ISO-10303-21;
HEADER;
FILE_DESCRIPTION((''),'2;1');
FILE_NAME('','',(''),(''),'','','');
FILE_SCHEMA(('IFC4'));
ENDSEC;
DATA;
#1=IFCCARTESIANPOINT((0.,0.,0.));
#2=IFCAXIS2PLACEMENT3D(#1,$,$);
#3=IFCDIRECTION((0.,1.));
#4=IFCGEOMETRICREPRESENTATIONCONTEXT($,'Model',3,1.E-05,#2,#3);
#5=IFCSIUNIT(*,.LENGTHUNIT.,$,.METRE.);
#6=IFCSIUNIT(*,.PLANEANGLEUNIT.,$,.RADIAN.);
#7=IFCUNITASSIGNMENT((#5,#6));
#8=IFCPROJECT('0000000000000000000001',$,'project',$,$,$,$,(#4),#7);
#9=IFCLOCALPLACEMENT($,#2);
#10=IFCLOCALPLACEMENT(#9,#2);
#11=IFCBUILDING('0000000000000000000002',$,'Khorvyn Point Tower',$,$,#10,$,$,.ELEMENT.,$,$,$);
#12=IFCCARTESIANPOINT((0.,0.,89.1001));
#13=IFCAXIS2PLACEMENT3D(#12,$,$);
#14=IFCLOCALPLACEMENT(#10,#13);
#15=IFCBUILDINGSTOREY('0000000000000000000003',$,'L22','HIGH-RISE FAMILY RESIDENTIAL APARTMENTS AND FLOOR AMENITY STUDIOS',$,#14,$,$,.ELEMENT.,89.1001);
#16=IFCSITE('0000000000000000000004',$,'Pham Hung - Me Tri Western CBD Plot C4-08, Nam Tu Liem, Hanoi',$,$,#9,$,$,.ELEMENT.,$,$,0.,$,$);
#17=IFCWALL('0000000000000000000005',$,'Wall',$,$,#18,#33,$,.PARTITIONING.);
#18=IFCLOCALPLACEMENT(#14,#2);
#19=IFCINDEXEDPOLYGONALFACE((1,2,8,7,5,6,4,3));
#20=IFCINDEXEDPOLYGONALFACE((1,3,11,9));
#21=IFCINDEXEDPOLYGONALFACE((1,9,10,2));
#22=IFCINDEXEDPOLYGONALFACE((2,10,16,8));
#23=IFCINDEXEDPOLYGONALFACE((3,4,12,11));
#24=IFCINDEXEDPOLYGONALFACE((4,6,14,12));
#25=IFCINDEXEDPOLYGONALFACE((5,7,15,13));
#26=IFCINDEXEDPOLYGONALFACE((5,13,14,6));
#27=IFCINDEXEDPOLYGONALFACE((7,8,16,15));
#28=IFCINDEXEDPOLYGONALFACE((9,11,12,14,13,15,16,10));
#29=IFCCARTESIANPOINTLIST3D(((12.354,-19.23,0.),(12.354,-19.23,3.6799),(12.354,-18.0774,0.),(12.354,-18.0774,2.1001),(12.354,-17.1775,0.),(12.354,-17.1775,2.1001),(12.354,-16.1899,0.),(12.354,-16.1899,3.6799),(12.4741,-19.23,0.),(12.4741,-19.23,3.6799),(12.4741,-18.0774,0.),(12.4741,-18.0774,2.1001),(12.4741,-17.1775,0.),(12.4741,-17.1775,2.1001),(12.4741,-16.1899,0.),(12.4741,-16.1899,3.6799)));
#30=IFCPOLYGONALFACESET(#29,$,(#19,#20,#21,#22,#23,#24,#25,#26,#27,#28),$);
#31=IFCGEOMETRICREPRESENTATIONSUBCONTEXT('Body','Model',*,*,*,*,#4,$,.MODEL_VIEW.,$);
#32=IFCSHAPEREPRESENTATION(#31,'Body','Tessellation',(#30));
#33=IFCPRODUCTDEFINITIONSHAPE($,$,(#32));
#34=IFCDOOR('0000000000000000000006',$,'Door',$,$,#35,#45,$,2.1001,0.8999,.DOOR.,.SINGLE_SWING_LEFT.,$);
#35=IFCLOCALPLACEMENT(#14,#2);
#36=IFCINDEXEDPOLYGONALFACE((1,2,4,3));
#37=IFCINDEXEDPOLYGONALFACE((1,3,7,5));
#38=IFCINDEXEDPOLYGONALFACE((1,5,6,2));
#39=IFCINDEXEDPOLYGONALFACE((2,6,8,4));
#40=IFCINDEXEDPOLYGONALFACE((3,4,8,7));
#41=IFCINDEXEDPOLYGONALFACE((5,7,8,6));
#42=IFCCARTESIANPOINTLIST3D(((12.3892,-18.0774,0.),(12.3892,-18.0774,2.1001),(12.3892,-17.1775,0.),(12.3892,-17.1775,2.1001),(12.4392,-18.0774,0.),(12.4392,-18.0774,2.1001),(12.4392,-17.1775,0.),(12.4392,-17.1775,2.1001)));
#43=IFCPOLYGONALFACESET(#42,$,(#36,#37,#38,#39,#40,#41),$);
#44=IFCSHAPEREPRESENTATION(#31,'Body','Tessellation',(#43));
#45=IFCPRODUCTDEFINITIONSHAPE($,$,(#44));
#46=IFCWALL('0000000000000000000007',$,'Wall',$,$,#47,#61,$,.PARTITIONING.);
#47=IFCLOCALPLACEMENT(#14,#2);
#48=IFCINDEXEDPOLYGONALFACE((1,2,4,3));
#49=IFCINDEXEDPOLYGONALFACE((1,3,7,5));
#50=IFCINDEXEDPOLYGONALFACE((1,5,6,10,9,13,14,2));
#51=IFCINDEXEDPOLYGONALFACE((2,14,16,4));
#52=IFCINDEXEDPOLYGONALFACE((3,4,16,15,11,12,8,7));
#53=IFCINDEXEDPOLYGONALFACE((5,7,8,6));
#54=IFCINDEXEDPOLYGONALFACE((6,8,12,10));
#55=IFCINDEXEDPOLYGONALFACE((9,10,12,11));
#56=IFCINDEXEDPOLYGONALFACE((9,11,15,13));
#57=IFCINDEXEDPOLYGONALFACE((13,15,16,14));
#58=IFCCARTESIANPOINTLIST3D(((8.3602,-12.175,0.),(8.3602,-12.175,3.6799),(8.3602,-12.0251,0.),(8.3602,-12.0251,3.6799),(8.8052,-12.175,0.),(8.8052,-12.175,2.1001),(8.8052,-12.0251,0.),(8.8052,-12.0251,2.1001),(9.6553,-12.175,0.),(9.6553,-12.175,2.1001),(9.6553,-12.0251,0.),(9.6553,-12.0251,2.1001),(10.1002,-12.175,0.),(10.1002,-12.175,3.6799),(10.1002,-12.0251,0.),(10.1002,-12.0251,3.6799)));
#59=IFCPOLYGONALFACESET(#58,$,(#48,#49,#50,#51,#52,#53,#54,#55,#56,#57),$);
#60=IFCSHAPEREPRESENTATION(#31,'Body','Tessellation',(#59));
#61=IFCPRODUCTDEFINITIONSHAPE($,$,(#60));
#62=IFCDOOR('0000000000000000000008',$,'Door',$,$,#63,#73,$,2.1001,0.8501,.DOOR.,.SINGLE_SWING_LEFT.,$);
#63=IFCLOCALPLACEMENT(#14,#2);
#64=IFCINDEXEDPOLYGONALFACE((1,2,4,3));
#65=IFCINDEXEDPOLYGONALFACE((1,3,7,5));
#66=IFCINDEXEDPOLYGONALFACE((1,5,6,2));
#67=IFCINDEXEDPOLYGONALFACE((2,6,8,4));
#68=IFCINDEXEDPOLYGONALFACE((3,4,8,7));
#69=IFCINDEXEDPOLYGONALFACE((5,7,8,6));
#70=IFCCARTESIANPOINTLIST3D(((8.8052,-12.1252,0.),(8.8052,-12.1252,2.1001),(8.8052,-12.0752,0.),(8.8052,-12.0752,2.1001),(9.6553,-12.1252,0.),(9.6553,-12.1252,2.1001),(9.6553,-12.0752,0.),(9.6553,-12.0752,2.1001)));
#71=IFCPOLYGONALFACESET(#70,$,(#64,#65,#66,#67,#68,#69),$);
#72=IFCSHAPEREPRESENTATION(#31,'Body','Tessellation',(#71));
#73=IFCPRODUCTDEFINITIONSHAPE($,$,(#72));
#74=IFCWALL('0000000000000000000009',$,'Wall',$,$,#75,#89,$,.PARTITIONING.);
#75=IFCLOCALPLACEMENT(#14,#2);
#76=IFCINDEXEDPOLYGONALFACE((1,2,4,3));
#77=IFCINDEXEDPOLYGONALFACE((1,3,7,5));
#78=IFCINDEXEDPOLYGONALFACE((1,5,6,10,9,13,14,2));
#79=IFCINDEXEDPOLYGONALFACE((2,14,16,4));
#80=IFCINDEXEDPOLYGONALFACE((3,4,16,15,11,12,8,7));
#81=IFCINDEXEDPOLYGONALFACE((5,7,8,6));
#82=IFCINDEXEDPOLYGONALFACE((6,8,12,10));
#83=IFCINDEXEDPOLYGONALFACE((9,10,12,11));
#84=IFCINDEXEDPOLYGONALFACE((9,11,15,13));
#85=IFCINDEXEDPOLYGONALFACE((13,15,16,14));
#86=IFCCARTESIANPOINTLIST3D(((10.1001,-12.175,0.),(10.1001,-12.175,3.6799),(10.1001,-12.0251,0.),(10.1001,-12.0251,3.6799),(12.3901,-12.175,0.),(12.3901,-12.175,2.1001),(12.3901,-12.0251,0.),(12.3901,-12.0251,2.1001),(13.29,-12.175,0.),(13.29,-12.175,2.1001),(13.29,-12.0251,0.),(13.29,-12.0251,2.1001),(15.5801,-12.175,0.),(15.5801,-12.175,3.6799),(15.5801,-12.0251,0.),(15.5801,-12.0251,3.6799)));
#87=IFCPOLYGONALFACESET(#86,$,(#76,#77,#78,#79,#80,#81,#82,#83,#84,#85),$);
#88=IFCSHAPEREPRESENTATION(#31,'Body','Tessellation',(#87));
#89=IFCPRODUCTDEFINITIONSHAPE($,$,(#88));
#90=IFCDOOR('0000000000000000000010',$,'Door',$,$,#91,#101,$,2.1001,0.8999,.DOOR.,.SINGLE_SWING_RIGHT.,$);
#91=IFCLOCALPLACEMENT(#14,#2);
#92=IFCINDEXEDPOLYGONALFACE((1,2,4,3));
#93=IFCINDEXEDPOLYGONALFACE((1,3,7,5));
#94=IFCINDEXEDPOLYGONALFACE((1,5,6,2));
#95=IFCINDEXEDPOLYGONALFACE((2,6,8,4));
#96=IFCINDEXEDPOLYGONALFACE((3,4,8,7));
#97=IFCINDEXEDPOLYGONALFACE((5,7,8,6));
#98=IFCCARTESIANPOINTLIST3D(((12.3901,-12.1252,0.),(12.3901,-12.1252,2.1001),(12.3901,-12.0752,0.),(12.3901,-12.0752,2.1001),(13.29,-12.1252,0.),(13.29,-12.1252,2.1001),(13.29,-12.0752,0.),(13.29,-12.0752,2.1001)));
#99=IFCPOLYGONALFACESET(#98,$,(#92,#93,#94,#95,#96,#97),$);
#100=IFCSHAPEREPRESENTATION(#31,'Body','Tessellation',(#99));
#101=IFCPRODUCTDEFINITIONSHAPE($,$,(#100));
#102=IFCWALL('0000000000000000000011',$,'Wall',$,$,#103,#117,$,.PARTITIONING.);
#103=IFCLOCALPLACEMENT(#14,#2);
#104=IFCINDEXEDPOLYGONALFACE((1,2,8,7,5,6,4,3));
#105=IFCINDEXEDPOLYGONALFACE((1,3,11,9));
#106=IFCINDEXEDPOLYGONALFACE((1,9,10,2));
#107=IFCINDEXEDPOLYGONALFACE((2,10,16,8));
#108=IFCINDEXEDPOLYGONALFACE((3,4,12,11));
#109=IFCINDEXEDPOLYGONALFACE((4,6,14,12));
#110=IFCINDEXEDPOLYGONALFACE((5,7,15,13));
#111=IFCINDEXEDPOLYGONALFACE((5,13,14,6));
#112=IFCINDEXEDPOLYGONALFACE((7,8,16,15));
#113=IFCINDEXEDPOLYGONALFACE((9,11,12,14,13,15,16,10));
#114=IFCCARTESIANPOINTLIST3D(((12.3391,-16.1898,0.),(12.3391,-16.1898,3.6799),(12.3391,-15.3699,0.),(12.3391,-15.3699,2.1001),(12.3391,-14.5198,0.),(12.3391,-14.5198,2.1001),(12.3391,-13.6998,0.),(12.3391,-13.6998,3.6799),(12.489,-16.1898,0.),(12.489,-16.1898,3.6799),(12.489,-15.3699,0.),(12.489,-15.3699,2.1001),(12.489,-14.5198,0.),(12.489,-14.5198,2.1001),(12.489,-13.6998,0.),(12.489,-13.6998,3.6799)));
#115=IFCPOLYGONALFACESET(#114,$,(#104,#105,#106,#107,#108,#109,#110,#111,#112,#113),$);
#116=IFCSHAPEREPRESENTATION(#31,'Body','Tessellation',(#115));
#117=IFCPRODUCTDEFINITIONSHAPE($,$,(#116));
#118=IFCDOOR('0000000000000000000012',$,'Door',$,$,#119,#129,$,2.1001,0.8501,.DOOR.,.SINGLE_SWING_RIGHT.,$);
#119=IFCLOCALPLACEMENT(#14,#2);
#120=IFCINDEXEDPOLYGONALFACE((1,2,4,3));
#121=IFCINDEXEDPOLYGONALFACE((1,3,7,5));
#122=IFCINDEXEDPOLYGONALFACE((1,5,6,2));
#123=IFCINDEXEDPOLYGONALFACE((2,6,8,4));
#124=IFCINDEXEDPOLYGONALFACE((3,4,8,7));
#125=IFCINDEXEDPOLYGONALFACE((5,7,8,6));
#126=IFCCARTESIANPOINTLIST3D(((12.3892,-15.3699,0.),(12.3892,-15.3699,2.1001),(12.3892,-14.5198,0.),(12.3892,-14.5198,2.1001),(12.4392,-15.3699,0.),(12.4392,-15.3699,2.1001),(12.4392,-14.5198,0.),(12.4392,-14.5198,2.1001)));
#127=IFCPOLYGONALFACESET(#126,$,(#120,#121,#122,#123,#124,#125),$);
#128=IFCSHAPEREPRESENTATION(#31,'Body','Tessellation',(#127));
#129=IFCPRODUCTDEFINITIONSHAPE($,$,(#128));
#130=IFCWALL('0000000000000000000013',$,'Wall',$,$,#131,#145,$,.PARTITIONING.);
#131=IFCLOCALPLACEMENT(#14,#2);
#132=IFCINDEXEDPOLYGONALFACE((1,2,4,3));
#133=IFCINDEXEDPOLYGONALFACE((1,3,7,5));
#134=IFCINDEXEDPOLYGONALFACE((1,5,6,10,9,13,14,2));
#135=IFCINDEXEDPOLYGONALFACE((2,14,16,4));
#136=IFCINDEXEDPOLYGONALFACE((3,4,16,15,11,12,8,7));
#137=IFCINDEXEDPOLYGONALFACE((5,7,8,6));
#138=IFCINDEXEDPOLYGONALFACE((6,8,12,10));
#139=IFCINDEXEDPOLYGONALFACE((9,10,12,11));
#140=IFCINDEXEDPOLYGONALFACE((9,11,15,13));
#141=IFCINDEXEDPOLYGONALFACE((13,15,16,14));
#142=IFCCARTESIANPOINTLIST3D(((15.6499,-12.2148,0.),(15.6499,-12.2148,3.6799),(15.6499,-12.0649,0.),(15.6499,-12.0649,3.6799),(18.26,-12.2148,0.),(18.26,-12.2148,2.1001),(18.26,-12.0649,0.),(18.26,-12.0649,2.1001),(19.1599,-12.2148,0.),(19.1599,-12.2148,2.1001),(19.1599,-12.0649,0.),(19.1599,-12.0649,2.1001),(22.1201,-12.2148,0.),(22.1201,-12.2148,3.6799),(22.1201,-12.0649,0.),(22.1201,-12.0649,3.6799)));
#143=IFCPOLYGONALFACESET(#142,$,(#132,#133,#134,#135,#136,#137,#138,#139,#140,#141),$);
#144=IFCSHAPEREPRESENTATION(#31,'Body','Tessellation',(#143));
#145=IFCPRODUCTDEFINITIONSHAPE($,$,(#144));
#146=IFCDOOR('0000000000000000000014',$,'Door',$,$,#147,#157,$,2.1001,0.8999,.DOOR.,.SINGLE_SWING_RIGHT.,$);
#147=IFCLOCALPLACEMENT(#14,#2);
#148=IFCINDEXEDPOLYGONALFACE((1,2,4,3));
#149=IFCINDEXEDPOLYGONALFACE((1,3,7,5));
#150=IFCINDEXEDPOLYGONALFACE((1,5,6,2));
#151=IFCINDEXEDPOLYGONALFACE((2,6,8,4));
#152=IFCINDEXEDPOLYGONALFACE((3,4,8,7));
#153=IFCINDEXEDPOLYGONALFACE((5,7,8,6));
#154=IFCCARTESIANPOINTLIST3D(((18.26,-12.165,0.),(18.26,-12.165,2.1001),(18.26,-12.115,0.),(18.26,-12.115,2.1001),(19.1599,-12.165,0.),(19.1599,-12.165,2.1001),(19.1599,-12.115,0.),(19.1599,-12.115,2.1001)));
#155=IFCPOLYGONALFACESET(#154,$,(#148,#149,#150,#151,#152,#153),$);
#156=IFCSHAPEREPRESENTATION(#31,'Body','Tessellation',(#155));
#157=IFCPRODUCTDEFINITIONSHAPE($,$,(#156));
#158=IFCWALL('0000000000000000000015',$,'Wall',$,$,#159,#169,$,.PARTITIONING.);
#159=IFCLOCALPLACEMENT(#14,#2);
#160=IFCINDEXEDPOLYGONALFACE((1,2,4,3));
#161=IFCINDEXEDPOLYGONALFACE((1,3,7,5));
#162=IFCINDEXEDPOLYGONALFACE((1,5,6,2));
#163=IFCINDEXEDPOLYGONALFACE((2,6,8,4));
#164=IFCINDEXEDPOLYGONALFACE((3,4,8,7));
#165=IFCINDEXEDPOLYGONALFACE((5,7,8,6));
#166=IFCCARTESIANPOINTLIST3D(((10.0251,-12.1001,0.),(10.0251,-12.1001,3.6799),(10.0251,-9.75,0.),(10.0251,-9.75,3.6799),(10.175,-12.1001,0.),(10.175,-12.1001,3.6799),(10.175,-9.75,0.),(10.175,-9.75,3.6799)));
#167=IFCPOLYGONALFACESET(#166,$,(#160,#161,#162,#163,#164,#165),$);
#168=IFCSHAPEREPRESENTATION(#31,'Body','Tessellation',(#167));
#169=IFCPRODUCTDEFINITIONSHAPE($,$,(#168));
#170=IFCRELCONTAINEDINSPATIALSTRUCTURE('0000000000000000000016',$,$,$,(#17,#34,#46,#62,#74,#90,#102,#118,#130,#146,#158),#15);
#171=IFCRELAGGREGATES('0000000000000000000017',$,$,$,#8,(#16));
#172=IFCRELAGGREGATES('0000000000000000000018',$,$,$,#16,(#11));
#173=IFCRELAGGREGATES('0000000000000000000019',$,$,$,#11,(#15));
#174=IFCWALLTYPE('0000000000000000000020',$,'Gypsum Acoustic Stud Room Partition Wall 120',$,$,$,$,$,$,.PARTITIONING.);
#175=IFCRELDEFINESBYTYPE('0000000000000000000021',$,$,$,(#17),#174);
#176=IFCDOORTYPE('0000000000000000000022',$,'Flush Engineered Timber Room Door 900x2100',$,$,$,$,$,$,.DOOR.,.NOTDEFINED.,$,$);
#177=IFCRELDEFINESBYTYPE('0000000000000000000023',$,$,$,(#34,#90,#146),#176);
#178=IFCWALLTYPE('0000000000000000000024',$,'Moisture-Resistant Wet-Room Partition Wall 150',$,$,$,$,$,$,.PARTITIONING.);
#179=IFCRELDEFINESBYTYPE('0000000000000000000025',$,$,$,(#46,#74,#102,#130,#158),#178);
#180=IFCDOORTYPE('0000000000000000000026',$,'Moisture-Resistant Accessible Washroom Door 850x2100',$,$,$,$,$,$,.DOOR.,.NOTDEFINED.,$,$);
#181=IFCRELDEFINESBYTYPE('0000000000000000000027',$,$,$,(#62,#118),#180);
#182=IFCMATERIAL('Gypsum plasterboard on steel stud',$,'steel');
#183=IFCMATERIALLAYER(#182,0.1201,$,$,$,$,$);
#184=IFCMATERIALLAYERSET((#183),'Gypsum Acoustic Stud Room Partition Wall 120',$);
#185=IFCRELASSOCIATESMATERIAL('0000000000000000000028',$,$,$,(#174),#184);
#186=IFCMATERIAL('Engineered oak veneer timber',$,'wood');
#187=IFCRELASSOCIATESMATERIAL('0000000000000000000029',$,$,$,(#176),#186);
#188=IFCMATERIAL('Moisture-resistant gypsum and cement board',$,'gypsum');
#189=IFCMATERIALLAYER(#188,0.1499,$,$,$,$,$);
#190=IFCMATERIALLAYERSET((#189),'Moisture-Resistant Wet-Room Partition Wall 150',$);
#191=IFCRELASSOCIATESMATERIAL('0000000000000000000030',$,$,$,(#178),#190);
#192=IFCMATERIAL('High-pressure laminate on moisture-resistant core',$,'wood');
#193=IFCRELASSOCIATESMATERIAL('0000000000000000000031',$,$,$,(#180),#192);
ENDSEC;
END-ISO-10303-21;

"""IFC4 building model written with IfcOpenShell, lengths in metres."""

from ifc_helpers import new_model, si_unit, direction, frame, frame_2d, origin, place, context, subcontext, project, spatial, rectangle, extrude, material, layer, layer_set, type_object, element, fill, save


model = new_model("IFC4")

# Units and contexts
model_context = context("Model", 3, precision=1e-05, world=origin(), true_north=direction((0.0, 1.0)))
body_context = subcontext(model_context, "Body", "Model", "MODEL_VIEW")
ifc_project = project(units=[si_unit("LENGTHUNIT", "METRE"), si_unit("PLANEANGLEUNIT", "RADIAN")], contexts=[model_context])

# Site, building, storey
site_placement = place(None, origin())
site = spatial("IfcSite", under=ifc_project, at=site_placement, Name="Pham Hung - Me Tri Western CBD Plot C4-08, Nam Tu Liem, Hanoi", CompositionType="ELEMENT", RefElevation=0.0)
building_placement = place(site_placement, origin())
building = spatial("IfcBuilding", under=site, at=building_placement, Name="Khorvyn Point Tower", CompositionType="ELEMENT")
storey_placement = place(building_placement, frame((0.0, 0.0, 89.1001)))
storey = spatial("IfcBuildingStorey", under=building, at=storey_placement, Name="L22", Description="HIGH-RISE FAMILY RESIDENTIAL APARTMENTS AND FLOOR AMENITY STUDIOS", CompositionType="ELEMENT", Elevation=89.1001)

# Walls, openings, doors
ifc_material_1 = material(Name="Gypsum plasterboard on steel stud", Category="steel")
ifc_layer_1 = layer(ifc_material_1, 0.1201)
ifc_layer_set_1 = layer_set([ifc_layer_1], Name="Gypsum Acoustic Stud Room Partition Wall 120")
wall_type_1 = type_object("IfcWallType", Name="Gypsum Acoustic Stud Room Partition Wall 120", PredefinedType="PARTITIONING", material=ifc_layer_set_1)
wall_1_placement = place(storey_placement, frame((12.4141, -19.23, 0.0), z_axis=(0.0, 0.0, 1.0), x_axis=(0.0, 1.0, 0.0)))
wall_1 = element("IfcWall", 1, at=wall_1_placement, inside=storey, type_object=wall_type_1, Name="Wall", PredefinedType="PARTITIONING", context=body_context, shape_type="SweptSolid", body=[
    extrude(rectangle(XDim=3.04, YDim=0.1201, at=frame_2d((1.52, 0.0))), origin(), (0.0, 0.0, 1.0), 3.6799),
])
opening_1_placement = place(wall_1_placement, frame((1.1526, 0.0, 0.0)))
opening_1 = element("IfcOpeningElement", 2, at=opening_1_placement, cuts=wall_1, PredefinedType="OPENING", context=body_context, shape_type="SweptSolid", body=[
    extrude(rectangle(XDim=0.8999, YDim=2.1001, at=frame_2d((0.45, 1.05))), frame((0.0, 0.0701, 0.0), z_axis=(0.0, -1.0, 0.0), x_axis=(1.0, 0.0, 0.0)), (0.0, 0.0, 1.0), 0.1401),
])
ifc_material_2 = material(Name="Engineered oak veneer timber", Category="wood")
door_type_1 = type_object("IfcDoorType", Name="Flush Engineered Timber Room Door 900x2100", OperationType="NOTDEFINED", PredefinedType="DOOR", material=ifc_material_2)
door_1_placement = place(opening_1_placement, origin())
door_1 = element("IfcDoor", 3, at=door_1_placement, inside=storey, type_object=door_type_1, Name="Door", OperationType="SINGLE_SWING_LEFT", OverallHeight=2.1001, OverallWidth=0.8999, PredefinedType="DOOR", context=body_context, shape_type="SweptSolid", body=[
    extrude(rectangle(XDim=0.8999, YDim=2.1001, at=frame_2d((0.45, 1.05))), frame((0.0, 0.0249, 0.0), z_axis=(0.0, -1.0, 0.0), x_axis=(1.0, 0.0, 0.0)), (0.0, 0.0, 1.0), 0.05),
])
fill(opening_1, door_1)
ifc_material_3 = material(Name="Moisture-resistant gypsum and cement board", Category="gypsum")
ifc_layer_2 = layer(ifc_material_3, 0.1499)
ifc_layer_set_2 = layer_set([ifc_layer_2], Name="Moisture-Resistant Wet-Room Partition Wall 150")
wall_type_2 = type_object("IfcWallType", Name="Moisture-Resistant Wet-Room Partition Wall 150", PredefinedType="PARTITIONING", material=ifc_layer_set_2)
wall_2_placement = place(storey_placement, frame((8.3601, -12.1001, 0.0), z_axis=(0.0, 0.0, 1.0), x_axis=(1.0, 0.0, 0.0)))
wall_2 = element("IfcWall", 4, at=wall_2_placement, inside=storey, type_object=wall_type_2, Name="Wall", PredefinedType="PARTITIONING", context=body_context, shape_type="SweptSolid", body=[
    extrude(rectangle(XDim=1.74, YDim=0.1499, at=frame_2d((0.8701, 0.0))), origin(), (0.0, 0.0, 1.0), 3.6799),
])
opening_2_placement = place(wall_2_placement, frame((0.4451, 0.0, 0.0)))
opening_2 = element("IfcOpeningElement", 5, at=opening_2_placement, cuts=wall_2, PredefinedType="OPENING", context=body_context, shape_type="SweptSolid", body=[
    extrude(rectangle(XDim=0.8501, YDim=2.1001, at=frame_2d((0.425, 1.05))), frame((0.0, 0.085, 0.0), z_axis=(0.0, -1.0, 0.0), x_axis=(1.0, 0.0, 0.0)), (0.0, 0.0, 1.0), 0.1699),
])
ifc_material_4 = material(Name="High-pressure laminate on moisture-resistant core", Category="wood")
door_type_2 = type_object("IfcDoorType", Name="Moisture-Resistant Accessible Washroom Door 850x2100", OperationType="NOTDEFINED", PredefinedType="DOOR", material=ifc_material_4)
door_2_placement = place(opening_2_placement, origin())
door_2 = element("IfcDoor", 6, at=door_2_placement, inside=storey, type_object=door_type_2, Name="Door", OperationType="SINGLE_SWING_LEFT", OverallHeight=2.1001, OverallWidth=0.8501, PredefinedType="DOOR", context=body_context, shape_type="SweptSolid", body=[
    extrude(rectangle(XDim=0.8501, YDim=2.1001, at=frame_2d((0.425, 1.05))), frame((0.0, 0.0249, 0.0), z_axis=(0.0, -1.0, 0.0), x_axis=(1.0, 0.0, 0.0)), (0.0, 0.0, 1.0), 0.05),
])
fill(opening_2, door_2)
wall_3_placement = place(storey_placement, frame((10.1001, -12.1001, 0.0), z_axis=(0.0, 0.0, 1.0), x_axis=(1.0, 0.0, 0.0)))
wall_3 = element("IfcWall", 7, at=wall_3_placement, inside=storey, type_object=wall_type_2, Name="Wall", PredefinedType="PARTITIONING", context=body_context, shape_type="SweptSolid", body=[
    extrude(rectangle(XDim=5.48, YDim=0.1499, at=frame_2d((2.74, 0.0))), origin(), (0.0, 0.0, 1.0), 3.6799),
])
opening_3_placement = place(wall_3_placement, frame((2.29, 0.0, 0.0)))
opening_3 = element("IfcOpeningElement", 8, at=opening_3_placement, cuts=wall_3, PredefinedType="OPENING", context=body_context, shape_type="SweptSolid", body=[
    extrude(rectangle(XDim=0.8999, YDim=2.1001, at=frame_2d((0.45, 1.05))), frame((0.0, 0.085, 0.0), z_axis=(0.0, -1.0, 0.0), x_axis=(1.0, 0.0, 0.0)), (0.0, 0.0, 1.0), 0.1699),
])
door_3_placement = place(opening_3_placement, origin())
door_3 = element("IfcDoor", 9, at=door_3_placement, inside=storey, type_object=door_type_1, Name="Door", OperationType="SINGLE_SWING_RIGHT", OverallHeight=2.1001, OverallWidth=0.8999, PredefinedType="DOOR", context=body_context, shape_type="SweptSolid", body=[
    extrude(rectangle(XDim=0.8999, YDim=2.1001, at=frame_2d((0.45, 1.05))), frame((0.0, 0.0249, 0.0), z_axis=(0.0, -1.0, 0.0), x_axis=(1.0, 0.0, 0.0)), (0.0, 0.0, 1.0), 0.05),
])
fill(opening_3, door_3)
wall_4_placement = place(storey_placement, frame((12.4141, -16.1899, 0.0), z_axis=(0.0, 0.0, 1.0), x_axis=(0.0, 1.0, 0.0)))
wall_4 = element("IfcWall", 10, at=wall_4_placement, inside=storey, type_object=wall_type_2, Name="Wall", PredefinedType="PARTITIONING", context=body_context, shape_type="SweptSolid", body=[
    extrude(rectangle(XDim=2.49, YDim=0.1499, at=frame_2d((1.2451, 0.0))), origin(), (0.0, 0.0, 1.0), 3.6799),
])
opening_4_placement = place(wall_4_placement, frame((0.8201, 0.0, 0.0)))
opening_4 = element("IfcOpeningElement", 11, at=opening_4_placement, cuts=wall_4, PredefinedType="OPENING", context=body_context, shape_type="SweptSolid", body=[
    extrude(rectangle(XDim=0.8501, YDim=2.1001, at=frame_2d((0.425, 1.05))), frame((0.0, 0.085, 0.0), z_axis=(0.0, -1.0, 0.0), x_axis=(1.0, 0.0, 0.0)), (0.0, 0.0, 1.0), 0.1699),
])
door_4_placement = place(opening_4_placement, origin())
door_4 = element("IfcDoor", 12, at=door_4_placement, inside=storey, type_object=door_type_2, Name="Door", OperationType="SINGLE_SWING_RIGHT", OverallHeight=2.1001, OverallWidth=0.8501, PredefinedType="DOOR", context=body_context, shape_type="SweptSolid", body=[
    extrude(rectangle(XDim=0.8501, YDim=2.1001, at=frame_2d((0.425, 1.05))), frame((0.0, 0.0249, 0.0), z_axis=(0.0, -1.0, 0.0), x_axis=(1.0, 0.0, 0.0)), (0.0, 0.0, 1.0), 0.05),
])
fill(opening_4, door_4)
wall_5_placement = place(storey_placement, frame((15.6499, -12.1399, 0.0), z_axis=(0.0, 0.0, 1.0), x_axis=(1.0, 0.0, 0.0)))
wall_5 = element("IfcWall", 13, at=wall_5_placement, inside=storey, type_object=wall_type_2, Name="Wall", PredefinedType="PARTITIONING", context=body_context, shape_type="SweptSolid", body=[
    extrude(rectangle(XDim=6.4702, YDim=0.1499, at=frame_2d((3.2351, 0.0))), origin(), (0.0, 0.0, 1.0), 3.6799),
])
opening_5_placement = place(wall_5_placement, frame((2.6101, 0.0, 0.0)))
opening_5 = element("IfcOpeningElement", 14, at=opening_5_placement, cuts=wall_5, PredefinedType="OPENING", context=body_context, shape_type="SweptSolid", body=[
    extrude(rectangle(XDim=0.8999, YDim=2.1001, at=frame_2d((0.45, 1.05))), frame((0.0, 0.085, 0.0), z_axis=(0.0, -1.0, 0.0), x_axis=(1.0, 0.0, 0.0)), (0.0, 0.0, 1.0), 0.1699),
])
door_5_placement = place(opening_5_placement, origin())
door_5 = element("IfcDoor", 15, at=door_5_placement, inside=storey, type_object=door_type_1, Name="Door", OperationType="SINGLE_SWING_RIGHT", OverallHeight=2.1001, OverallWidth=0.8999, PredefinedType="DOOR", context=body_context, shape_type="SweptSolid", body=[
    extrude(rectangle(XDim=0.8999, YDim=2.1001, at=frame_2d((0.45, 1.05))), frame((0.0, 0.0249, 0.0), z_axis=(0.0, -1.0, 0.0), x_axis=(1.0, 0.0, 0.0)), (0.0, 0.0, 1.0), 0.05),
])
fill(opening_5, door_5)

# Wall
wall_6_placement = place(storey_placement, frame((10.1001, -12.1001, 0.0), z_axis=(0.0, 0.0, 1.0), x_axis=(0.0, 1.0, 0.0)))
element("IfcWall", 16, at=wall_6_placement, inside=storey, type_object=wall_type_2, Name="Wall", PredefinedType="PARTITIONING", context=body_context, shape_type="SweptSolid", body=[
    extrude(rectangle(XDim=2.3501, YDim=0.1499, at=frame_2d((1.175, 0.0))), origin(), (0.0, 0.0, 1.0), 3.6799),
])

save(model, "model.ifc")
